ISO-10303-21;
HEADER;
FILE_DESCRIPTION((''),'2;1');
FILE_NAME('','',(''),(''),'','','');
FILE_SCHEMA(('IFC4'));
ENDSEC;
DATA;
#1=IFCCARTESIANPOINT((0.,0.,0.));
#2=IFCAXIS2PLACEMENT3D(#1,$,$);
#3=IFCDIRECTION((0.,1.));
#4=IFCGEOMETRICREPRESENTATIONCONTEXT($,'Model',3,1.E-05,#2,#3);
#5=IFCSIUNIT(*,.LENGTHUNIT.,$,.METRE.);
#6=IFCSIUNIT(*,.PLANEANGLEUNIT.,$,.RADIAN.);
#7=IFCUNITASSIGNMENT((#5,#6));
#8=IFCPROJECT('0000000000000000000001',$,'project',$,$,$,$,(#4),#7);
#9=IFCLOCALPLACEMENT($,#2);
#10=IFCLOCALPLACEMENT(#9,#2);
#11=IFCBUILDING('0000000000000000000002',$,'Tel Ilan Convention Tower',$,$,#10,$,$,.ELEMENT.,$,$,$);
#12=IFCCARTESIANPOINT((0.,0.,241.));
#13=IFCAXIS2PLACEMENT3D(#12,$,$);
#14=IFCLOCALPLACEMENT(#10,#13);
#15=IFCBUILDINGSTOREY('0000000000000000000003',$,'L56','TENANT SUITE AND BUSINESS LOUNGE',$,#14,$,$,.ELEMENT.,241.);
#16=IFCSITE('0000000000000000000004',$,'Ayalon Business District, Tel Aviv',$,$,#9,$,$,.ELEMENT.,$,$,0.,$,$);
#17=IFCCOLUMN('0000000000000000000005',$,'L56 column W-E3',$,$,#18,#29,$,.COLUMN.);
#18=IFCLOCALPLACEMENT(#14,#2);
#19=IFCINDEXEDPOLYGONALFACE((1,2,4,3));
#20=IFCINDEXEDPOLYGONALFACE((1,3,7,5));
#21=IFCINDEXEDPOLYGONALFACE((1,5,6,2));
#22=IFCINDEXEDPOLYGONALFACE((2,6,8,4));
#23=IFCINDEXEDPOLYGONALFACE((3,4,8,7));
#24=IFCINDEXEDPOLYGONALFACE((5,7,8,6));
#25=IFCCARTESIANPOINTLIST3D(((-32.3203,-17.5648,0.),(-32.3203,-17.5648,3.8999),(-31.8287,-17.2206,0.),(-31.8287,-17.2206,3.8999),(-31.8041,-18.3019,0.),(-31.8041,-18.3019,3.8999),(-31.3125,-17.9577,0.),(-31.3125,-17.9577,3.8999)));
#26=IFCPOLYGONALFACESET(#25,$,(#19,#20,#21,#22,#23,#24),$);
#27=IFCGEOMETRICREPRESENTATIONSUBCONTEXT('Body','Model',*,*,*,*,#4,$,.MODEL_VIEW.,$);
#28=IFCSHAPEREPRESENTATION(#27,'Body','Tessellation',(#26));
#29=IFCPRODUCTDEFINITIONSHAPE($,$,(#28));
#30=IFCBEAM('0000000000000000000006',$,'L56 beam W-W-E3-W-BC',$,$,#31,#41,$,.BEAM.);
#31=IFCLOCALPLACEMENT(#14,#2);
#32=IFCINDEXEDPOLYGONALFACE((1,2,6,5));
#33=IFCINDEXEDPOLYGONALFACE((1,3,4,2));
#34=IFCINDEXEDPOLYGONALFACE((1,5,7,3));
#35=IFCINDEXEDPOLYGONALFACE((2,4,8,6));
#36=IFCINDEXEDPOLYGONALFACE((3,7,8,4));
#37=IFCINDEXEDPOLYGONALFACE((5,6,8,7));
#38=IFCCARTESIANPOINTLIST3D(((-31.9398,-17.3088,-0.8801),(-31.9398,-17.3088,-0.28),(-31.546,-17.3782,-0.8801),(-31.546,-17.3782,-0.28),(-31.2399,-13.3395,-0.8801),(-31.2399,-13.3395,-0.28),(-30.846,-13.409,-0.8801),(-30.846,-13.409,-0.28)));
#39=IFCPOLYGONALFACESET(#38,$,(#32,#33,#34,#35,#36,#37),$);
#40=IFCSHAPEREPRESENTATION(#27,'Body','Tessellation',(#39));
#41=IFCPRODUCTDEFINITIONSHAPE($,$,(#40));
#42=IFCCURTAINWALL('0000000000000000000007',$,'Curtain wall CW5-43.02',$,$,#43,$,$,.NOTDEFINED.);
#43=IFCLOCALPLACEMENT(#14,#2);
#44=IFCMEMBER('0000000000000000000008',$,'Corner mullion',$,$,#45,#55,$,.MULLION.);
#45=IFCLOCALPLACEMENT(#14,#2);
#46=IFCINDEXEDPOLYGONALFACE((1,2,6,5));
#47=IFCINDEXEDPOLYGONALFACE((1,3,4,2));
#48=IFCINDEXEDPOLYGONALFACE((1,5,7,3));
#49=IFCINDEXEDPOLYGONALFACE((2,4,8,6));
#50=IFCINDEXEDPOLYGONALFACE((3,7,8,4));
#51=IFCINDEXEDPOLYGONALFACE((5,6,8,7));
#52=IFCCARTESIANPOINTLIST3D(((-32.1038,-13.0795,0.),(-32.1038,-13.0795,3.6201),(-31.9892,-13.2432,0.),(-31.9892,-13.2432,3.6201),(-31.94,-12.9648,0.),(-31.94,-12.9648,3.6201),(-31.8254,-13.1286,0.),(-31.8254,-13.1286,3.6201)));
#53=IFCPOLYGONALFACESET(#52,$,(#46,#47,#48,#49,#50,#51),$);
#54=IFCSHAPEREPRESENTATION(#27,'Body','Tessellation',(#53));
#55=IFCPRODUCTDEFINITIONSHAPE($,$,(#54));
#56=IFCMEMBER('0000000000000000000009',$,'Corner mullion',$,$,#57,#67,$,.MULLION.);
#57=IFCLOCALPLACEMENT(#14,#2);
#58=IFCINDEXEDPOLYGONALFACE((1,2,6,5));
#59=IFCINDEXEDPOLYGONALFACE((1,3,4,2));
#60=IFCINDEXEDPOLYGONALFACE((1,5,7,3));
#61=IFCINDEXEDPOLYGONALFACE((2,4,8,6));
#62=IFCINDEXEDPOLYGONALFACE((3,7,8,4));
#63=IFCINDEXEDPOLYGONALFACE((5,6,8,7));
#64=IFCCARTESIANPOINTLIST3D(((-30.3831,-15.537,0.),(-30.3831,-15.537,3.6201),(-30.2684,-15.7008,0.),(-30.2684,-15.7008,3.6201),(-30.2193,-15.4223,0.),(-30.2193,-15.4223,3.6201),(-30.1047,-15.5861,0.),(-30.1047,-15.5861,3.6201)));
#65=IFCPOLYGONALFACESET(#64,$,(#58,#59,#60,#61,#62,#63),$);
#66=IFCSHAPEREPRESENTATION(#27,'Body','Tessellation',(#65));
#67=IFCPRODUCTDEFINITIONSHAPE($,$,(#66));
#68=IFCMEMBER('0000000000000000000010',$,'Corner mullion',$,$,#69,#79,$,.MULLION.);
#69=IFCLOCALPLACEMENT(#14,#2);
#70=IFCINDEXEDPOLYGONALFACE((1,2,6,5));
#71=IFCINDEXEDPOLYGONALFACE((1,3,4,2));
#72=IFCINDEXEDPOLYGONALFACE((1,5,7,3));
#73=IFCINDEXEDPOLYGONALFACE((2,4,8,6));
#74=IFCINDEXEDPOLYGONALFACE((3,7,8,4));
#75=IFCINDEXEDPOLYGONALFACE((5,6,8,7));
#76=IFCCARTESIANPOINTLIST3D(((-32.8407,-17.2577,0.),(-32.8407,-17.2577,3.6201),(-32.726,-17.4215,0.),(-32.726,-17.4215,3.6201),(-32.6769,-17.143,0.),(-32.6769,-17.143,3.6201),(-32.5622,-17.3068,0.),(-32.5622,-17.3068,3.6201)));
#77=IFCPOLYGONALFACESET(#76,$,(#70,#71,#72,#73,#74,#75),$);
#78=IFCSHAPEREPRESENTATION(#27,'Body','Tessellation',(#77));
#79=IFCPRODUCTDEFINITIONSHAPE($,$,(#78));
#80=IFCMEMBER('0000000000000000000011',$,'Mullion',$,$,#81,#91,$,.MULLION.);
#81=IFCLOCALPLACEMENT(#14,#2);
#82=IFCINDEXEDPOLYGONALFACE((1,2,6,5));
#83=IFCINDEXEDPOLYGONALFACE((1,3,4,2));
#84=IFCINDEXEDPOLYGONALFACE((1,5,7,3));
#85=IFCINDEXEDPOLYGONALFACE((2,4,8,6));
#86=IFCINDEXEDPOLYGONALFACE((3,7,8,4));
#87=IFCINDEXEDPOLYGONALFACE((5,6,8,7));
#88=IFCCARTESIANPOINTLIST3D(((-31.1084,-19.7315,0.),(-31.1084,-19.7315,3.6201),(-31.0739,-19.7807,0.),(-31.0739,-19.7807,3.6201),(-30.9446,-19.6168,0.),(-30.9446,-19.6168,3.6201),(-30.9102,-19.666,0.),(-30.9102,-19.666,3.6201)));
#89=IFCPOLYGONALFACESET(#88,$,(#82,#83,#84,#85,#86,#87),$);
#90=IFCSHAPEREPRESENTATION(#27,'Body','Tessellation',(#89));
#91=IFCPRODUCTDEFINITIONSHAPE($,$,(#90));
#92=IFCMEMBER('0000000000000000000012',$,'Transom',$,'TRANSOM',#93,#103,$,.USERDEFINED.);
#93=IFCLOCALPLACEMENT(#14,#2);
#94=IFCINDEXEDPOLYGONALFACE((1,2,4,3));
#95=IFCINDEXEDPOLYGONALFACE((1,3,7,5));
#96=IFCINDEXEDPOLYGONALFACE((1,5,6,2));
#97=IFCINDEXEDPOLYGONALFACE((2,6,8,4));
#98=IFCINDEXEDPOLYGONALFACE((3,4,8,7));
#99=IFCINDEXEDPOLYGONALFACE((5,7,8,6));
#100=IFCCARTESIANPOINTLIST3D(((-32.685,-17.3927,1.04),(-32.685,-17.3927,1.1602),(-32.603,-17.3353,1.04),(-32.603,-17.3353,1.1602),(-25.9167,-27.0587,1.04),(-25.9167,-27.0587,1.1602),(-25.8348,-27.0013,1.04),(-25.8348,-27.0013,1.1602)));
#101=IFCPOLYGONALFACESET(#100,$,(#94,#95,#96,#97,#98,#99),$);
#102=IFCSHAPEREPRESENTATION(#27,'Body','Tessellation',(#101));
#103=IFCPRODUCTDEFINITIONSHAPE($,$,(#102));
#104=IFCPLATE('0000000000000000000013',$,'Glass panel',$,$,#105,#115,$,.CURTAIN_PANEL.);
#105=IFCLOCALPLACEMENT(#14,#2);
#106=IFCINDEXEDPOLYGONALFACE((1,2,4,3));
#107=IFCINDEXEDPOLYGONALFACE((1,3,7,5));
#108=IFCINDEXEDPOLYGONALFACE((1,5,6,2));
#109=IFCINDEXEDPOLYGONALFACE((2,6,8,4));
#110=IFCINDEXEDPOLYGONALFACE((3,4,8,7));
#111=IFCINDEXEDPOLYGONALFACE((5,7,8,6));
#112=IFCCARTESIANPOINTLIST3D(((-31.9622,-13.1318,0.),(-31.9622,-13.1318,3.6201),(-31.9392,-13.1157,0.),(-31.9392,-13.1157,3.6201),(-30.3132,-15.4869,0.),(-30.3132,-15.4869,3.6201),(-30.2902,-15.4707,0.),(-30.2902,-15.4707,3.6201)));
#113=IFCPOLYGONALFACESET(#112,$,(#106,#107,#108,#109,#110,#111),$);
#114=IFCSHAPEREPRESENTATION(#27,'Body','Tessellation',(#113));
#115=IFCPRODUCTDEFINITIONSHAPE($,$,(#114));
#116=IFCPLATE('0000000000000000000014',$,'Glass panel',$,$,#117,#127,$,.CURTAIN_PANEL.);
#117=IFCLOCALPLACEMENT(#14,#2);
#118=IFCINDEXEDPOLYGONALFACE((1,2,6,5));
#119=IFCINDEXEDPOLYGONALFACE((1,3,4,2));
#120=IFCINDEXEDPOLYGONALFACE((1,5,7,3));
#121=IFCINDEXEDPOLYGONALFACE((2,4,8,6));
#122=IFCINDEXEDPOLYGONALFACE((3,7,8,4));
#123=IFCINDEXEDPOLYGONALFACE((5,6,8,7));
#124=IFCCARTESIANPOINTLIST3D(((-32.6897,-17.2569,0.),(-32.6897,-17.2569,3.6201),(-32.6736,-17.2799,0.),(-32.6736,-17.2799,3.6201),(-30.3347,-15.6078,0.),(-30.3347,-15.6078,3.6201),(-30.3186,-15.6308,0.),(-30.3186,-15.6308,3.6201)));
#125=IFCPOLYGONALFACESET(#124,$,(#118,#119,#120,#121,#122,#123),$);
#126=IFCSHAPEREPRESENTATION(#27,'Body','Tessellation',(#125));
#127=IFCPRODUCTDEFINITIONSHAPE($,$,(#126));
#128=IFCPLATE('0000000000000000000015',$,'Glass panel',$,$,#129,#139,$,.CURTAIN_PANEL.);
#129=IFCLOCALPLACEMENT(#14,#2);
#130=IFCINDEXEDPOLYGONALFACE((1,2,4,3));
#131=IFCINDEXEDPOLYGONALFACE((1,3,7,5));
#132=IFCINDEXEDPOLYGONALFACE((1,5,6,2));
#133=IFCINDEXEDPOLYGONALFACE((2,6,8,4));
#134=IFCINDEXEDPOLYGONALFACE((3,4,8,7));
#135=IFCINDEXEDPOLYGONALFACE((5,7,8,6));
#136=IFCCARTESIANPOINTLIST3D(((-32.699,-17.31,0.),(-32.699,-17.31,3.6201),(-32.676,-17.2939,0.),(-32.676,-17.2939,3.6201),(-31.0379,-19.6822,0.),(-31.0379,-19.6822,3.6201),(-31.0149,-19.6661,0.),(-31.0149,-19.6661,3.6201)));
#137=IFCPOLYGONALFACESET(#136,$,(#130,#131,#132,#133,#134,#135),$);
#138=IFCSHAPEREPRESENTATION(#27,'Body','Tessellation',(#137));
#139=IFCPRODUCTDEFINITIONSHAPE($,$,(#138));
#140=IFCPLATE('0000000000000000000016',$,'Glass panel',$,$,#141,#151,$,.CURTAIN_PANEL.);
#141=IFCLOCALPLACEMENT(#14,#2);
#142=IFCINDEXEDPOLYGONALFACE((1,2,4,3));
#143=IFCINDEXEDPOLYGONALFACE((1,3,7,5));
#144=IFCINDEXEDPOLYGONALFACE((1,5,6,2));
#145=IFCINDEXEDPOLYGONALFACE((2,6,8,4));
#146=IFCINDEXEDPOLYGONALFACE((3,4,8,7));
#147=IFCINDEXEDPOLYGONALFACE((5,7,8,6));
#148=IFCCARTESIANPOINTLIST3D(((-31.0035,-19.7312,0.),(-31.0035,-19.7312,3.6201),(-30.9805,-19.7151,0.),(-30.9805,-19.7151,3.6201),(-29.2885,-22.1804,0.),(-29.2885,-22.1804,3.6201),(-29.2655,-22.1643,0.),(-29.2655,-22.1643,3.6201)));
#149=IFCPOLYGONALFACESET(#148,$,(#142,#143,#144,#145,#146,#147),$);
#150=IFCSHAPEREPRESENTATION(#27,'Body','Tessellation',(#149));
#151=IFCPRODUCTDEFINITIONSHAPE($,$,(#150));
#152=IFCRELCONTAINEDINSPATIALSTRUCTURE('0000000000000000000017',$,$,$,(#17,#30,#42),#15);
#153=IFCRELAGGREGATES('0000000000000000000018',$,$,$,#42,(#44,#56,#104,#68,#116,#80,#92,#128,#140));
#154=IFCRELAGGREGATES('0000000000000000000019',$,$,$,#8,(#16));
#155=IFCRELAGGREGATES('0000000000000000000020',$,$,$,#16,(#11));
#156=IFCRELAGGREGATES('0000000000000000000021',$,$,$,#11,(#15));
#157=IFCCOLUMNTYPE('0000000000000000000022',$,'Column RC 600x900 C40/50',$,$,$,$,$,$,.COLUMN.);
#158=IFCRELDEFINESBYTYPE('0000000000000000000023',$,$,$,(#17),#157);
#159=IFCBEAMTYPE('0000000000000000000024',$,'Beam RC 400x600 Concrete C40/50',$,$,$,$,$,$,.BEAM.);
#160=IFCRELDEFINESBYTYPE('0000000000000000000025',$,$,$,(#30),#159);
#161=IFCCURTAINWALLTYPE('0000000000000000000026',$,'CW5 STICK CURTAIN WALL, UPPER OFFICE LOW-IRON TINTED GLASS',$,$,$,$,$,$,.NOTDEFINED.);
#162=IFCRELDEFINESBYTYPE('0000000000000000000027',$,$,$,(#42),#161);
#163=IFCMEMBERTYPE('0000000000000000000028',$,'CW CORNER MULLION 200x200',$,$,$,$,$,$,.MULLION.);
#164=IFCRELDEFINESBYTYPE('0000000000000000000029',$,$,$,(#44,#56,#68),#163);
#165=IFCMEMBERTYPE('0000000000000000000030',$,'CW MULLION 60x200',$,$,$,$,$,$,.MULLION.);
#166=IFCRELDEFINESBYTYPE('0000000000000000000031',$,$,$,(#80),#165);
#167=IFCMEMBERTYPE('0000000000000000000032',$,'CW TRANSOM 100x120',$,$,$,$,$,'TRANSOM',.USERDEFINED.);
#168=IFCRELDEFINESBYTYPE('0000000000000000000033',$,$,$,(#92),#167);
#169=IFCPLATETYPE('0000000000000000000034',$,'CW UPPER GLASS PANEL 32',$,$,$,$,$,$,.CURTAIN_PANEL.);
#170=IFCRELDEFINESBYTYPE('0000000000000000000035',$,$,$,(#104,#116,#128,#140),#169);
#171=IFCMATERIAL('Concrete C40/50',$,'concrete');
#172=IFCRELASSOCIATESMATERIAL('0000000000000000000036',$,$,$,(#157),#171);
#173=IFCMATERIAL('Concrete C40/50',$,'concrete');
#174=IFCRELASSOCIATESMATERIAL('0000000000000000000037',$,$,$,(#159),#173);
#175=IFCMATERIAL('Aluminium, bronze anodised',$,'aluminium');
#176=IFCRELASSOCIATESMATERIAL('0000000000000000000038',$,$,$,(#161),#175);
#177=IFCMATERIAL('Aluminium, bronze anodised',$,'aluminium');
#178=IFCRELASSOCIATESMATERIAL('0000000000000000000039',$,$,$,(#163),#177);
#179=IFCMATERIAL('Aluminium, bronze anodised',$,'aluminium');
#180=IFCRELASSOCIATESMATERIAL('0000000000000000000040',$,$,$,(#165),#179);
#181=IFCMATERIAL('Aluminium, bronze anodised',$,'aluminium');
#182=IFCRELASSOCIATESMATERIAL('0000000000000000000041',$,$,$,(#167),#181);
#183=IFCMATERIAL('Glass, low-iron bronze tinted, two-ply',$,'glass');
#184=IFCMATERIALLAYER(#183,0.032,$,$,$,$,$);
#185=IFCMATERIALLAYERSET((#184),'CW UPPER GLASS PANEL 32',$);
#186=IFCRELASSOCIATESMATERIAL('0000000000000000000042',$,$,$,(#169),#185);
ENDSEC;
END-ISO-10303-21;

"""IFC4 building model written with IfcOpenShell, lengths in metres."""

from ifc_helpers import new_model, si_unit, direction, frame, origin, origin_2d, place, context, subcontext, project, spatial, rectangle, extrude, material, layer, layer_set, material_profile, profile_set, type_object, element, aggregate, save


model = new_model("IFC4")

# Units and contexts
model_context = context("Model", 3, precision=1e-05, world=origin(), true_north=direction((0.0, 1.0)))
body_context = subcontext(model_context, "Body", "Model", "MODEL_VIEW")
ifc_project = project(units=[si_unit("LENGTHUNIT", "METRE"), si_unit("PLANEANGLEUNIT", "RADIAN")], contexts=[model_context])

# Site, building, storey
site_placement = place(None, origin())
site = spatial("IfcSite", under=ifc_project, at=site_placement, Name="Ayalon Business District, Tel Aviv", CompositionType="ELEMENT", RefElevation=0.0)
building_placement = place(site_placement, origin())
building = spatial("IfcBuilding", under=site, at=building_placement, Name="Tel Ilan Convention Tower", CompositionType="ELEMENT")
storey_placement = place(building_placement, frame((0.0, 0.0, 241.0)))
storey = spatial("IfcBuildingStorey", under=building, at=storey_placement, Name="L56", Description="TENANT SUITE AND BUSINESS LOUNGE", CompositionType="ELEMENT", Elevation=241.0)

# Column
ifc_material_1 = material(Name="Concrete C40/50", Category="concrete")
ifc_material_profile_1 = material_profile(ifc_material_1, rectangle(XDim=0.8999, YDim=0.6001, at=origin_2d()), Name="RC 600x900")
ifc_profile_set_1 = profile_set([ifc_material_profile_1], Name="Concrete C40/50")
column_type = type_object("IfcColumnType", Name="Column RC 600x900 C40/50", PredefinedType="COLUMN", material=ifc_profile_set_1)
column_placement = place(storey_placement, frame((-31.8164, -17.7612, 0.0), z_axis=(0.0, 0.0, 1.0), x_axis=(-0.573576, 0.819152, 0.0)))
element("IfcColumn", 1, at=column_placement, inside=storey, type_object=column_type, Name="L56 column W-E3", PredefinedType="COLUMN", context=body_context, shape_type="SweptSolid", body=[
    extrude(rectangle(XDim=0.8999, YDim=0.6001, at=origin_2d()), origin(), (0.0, 0.0, 1.0), 3.8999),
])

# Beam
ifc_material_2 = material(Name="Concrete C40/50", Category="concrete")
ifc_material_profile_2 = material_profile(ifc_material_2, rectangle(XDim=0.3999, YDim=0.6001, at=origin_2d()), Name="RC 400x600")
ifc_profile_set_2 = profile_set([ifc_material_profile_2], Name="Concrete C40/50")
beam_type = type_object("IfcBeamType", Name="Beam RC 400x600 Concrete C40/50", PredefinedType="BEAM", material=ifc_profile_set_2)
beam_placement = place(storey_placement, frame((-31.7429, -17.3435, -0.5801), z_axis=(0.173664, 0.984805, 0.0), x_axis=(-0.984805, 0.173664, 0.0)))
element("IfcBeam", 2, at=beam_placement, inside=storey, type_object=beam_type, Name="L56 beam W-W-E3-W-BC", PredefinedType="BEAM", context=body_context, shape_type="SweptSolid", body=[
    extrude(rectangle(XDim=0.3999, YDim=0.6001, at=origin_2d()), origin(), (0.0, 0.0, 1.0), 4.0305),
])

# Curtain wall, members, plates
ifc_material_3 = material(Name="Aluminium, bronze anodised", Category="aluminium")
curtain_wall_type = type_object("IfcCurtainWallType", Name="CW5 STICK CURTAIN WALL, UPPER OFFICE LOW-IRON TINTED GLASS", PredefinedType="NOTDEFINED", material=ifc_material_3)
curtain_wall_placement = place(storey_placement, origin())
curtain_wall = element("IfcCurtainWall", 3, at=curtain_wall_placement, inside=storey, type_object=curtain_wall_type, Name="Curtain wall CW5-43.02", PredefinedType="NOTDEFINED")
ifc_material_4 = material(Name="Aluminium, bronze anodised", Category="aluminium")
ifc_material_profile_3 = material_profile(ifc_material_4, rectangle(XDim=0.2, YDim=0.2, at=origin_2d()), Name="CW CORNER MULLION 200x200")
ifc_profile_set_3 = profile_set([ifc_material_profile_3], Name="Aluminium, bronze anodised")
member_type_1 = type_object("IfcMemberType", Name="CW CORNER MULLION 200x200", PredefinedType="MULLION", material=ifc_profile_set_3)
member_1_placement = place(storey_placement, frame((-31.9646, -13.104, 0.0), z_axis=(0.0, 0.0, 1.0), x_axis=(-0.819152, -0.573576, 0.0)))
member_1 = element("IfcMember", 4, at=member_1_placement, type_object=member_type_1, Name="Corner mullion", PredefinedType="MULLION", context=body_context, shape_type="SweptSolid", body=[
    extrude(rectangle(XDim=0.2, YDim=0.2, at=origin_2d()), origin(), (0.0, 0.0, 1.0), 3.6201),
])
member_2_placement = place(storey_placement, frame((-30.2439, -15.5615, 0.0), z_axis=(0.0, 0.0, 1.0), x_axis=(0.573576, -0.819152, 0.0)))
member_2 = element("IfcMember", 5, at=member_2_placement, type_object=member_type_1, Name="Corner mullion", PredefinedType="MULLION", context=body_context, shape_type="SweptSolid", body=[
    extrude(rectangle(XDim=0.2, YDim=0.2, at=origin_2d()), origin(), (0.0, 0.0, 1.0), 3.6201),
])
member_3_placement = place(storey_placement, frame((-32.7014, -17.2822, 0.0), z_axis=(0.0, 0.0, 1.0), x_axis=(-0.819152, -0.573576, 0.0)))
member_3 = element("IfcMember", 6, at=member_3_placement, type_object=member_type_1, Name="Corner mullion", PredefinedType="MULLION", context=body_context, shape_type="SweptSolid", body=[
    extrude(rectangle(XDim=0.2, YDim=0.2, at=origin_2d()), origin(), (0.0, 0.0, 1.0), 3.6201),
])
ifc_material_5 = material(Name="Aluminium, bronze anodised", Category="aluminium")
ifc_material_profile_4 = material_profile(ifc_material_5, rectangle(XDim=0.0601, YDim=0.2, at=origin_2d()), Name="CW MULLION 60x200")
ifc_profile_set_4 = profile_set([ifc_material_profile_4], Name="Aluminium, bronze anodised")
member_type_2 = type_object("IfcMemberType", Name="CW MULLION 60x200", PredefinedType="MULLION", material=ifc_profile_set_4)
member_4_placement = place(storey_placement, frame((-31.0093, -19.6987, 0.0), z_axis=(0.0, 0.0, 1.0), x_axis=(0.573576, -0.819152, 0.0)))
member_4 = element("IfcMember", 7, at=member_4_placement, type_object=member_type_2, Name="Mullion", PredefinedType="MULLION", context=body_context, shape_type="SweptSolid", body=[
    extrude(rectangle(XDim=0.0601, YDim=0.2, at=origin_2d()), origin(), (0.0, 0.0, 1.0), 3.6201),
])
ifc_material_6 = material(Name="Aluminium, bronze anodised", Category="aluminium")
ifc_material_profile_5 = material_profile(ifc_material_6, rectangle(XDim=0.1001, YDim=0.1201, at=origin_2d()), Name="CW TRANSOM 100x120")
ifc_profile_set_5 = profile_set([ifc_material_profile_5], Name="Aluminium, bronze anodised")
member_type_3 = type_object("IfcMemberType", Name="CW TRANSOM 100x120", ElementType="TRANSOM", PredefinedType="USERDEFINED", material=ifc_profile_set_5)
member_5_placement = place(storey_placement, frame((-32.644, -17.364, 1.1001), z_axis=(0.573582, -0.819148, 0.0), x_axis=(0.819148, 0.573582, 0.0)))
member_5 = element("IfcMember", 8, at=member_5_placement, type_object=member_type_3, Name="Transom", ObjectType="TRANSOM", PredefinedType="USERDEFINED", context=body_context, shape_type="SweptSolid", body=[
    extrude(rectangle(XDim=0.1001, YDim=0.1201, at=origin_2d()), origin(), (0.0, 0.0, 1.0), 11.8),
])
ifc_material_7 = material(Name="Glass, low-iron bronze tinted, two-ply", Category="glass")
ifc_layer_1 = layer(ifc_material_7, 0.032)
ifc_layer_set_1 = layer_set([ifc_layer_1], Name="CW UPPER GLASS PANEL 32")
plate_type = type_object("IfcPlateType", Name="CW UPPER GLASS PANEL 32", PredefinedType="CURTAIN_PANEL", material=ifc_layer_set_1)
plate_1_placement = place(storey_placement, frame((-31.1262, -14.3013, 0.0), z_axis=(0.0, 0.0, 1.0), x_axis=(0.573576, -0.819152, 0.0)))
plate_1 = element("IfcPlate", 9, at=plate_1_placement, type_object=plate_type, Name="Glass panel", PredefinedType="CURTAIN_PANEL", context=body_context, shape_type="SweptSolid", body=[
    extrude(rectangle(XDim=2.875, YDim=0.0281, at=origin_2d()), origin(), (0.0, 0.0, 1.0), 3.6201),
])
plate_2_placement = place(storey_placement, frame((-31.5042, -16.4438, 0.0), z_axis=(0.0, 0.0, 1.0), x_axis=(-0.819152, -0.573576, 0.0)))
plate_2 = element("IfcPlate", 10, at=plate_2_placement, type_object=plate_type, Name="Glass panel", PredefinedType="CURTAIN_PANEL", context=body_context, shape_type="SweptSolid", body=[
    extrude(rectangle(XDim=2.875, YDim=0.0281, at=origin_2d()), origin(), (0.0, 0.0, 1.0), 3.6201),
])
plate_3_placement = place(storey_placement, frame((-31.8569, -18.488, 0.0), z_axis=(0.0, 0.0, 1.0), x_axis=(0.573576, -0.819152, 0.0)))
plate_3 = element("IfcPlate", 11, at=plate_3_placement, type_object=plate_type, Name="Glass panel", PredefinedType="CURTAIN_PANEL", context=body_context, shape_type="SweptSolid", body=[
    extrude(rectangle(XDim=2.896, YDim=0.0281, at=origin_2d()), origin(), (0.0, 0.0, 1.0), 3.6201),
])
plate_4_placement = place(storey_placement, frame((-30.1345, -20.9478, 0.0), z_axis=(0.0, 0.0, 1.0), x_axis=(0.573576, -0.819152, 0.0)))
plate_4 = element("IfcPlate", 12, at=plate_4_placement, type_object=plate_type, Name="Glass panel", PredefinedType="CURTAIN_PANEL", context=body_context, shape_type="SweptSolid", body=[
    extrude(rectangle(XDim=2.99, YDim=0.0281, at=origin_2d()), origin(), (0.0, 0.0, 1.0), 3.6201),
])
aggregate(curtain_wall, [member_1, member_2, plate_1, member_3, plate_2, member_4, member_5, plate_3, plate_4])

save(model, "model.ifc")
